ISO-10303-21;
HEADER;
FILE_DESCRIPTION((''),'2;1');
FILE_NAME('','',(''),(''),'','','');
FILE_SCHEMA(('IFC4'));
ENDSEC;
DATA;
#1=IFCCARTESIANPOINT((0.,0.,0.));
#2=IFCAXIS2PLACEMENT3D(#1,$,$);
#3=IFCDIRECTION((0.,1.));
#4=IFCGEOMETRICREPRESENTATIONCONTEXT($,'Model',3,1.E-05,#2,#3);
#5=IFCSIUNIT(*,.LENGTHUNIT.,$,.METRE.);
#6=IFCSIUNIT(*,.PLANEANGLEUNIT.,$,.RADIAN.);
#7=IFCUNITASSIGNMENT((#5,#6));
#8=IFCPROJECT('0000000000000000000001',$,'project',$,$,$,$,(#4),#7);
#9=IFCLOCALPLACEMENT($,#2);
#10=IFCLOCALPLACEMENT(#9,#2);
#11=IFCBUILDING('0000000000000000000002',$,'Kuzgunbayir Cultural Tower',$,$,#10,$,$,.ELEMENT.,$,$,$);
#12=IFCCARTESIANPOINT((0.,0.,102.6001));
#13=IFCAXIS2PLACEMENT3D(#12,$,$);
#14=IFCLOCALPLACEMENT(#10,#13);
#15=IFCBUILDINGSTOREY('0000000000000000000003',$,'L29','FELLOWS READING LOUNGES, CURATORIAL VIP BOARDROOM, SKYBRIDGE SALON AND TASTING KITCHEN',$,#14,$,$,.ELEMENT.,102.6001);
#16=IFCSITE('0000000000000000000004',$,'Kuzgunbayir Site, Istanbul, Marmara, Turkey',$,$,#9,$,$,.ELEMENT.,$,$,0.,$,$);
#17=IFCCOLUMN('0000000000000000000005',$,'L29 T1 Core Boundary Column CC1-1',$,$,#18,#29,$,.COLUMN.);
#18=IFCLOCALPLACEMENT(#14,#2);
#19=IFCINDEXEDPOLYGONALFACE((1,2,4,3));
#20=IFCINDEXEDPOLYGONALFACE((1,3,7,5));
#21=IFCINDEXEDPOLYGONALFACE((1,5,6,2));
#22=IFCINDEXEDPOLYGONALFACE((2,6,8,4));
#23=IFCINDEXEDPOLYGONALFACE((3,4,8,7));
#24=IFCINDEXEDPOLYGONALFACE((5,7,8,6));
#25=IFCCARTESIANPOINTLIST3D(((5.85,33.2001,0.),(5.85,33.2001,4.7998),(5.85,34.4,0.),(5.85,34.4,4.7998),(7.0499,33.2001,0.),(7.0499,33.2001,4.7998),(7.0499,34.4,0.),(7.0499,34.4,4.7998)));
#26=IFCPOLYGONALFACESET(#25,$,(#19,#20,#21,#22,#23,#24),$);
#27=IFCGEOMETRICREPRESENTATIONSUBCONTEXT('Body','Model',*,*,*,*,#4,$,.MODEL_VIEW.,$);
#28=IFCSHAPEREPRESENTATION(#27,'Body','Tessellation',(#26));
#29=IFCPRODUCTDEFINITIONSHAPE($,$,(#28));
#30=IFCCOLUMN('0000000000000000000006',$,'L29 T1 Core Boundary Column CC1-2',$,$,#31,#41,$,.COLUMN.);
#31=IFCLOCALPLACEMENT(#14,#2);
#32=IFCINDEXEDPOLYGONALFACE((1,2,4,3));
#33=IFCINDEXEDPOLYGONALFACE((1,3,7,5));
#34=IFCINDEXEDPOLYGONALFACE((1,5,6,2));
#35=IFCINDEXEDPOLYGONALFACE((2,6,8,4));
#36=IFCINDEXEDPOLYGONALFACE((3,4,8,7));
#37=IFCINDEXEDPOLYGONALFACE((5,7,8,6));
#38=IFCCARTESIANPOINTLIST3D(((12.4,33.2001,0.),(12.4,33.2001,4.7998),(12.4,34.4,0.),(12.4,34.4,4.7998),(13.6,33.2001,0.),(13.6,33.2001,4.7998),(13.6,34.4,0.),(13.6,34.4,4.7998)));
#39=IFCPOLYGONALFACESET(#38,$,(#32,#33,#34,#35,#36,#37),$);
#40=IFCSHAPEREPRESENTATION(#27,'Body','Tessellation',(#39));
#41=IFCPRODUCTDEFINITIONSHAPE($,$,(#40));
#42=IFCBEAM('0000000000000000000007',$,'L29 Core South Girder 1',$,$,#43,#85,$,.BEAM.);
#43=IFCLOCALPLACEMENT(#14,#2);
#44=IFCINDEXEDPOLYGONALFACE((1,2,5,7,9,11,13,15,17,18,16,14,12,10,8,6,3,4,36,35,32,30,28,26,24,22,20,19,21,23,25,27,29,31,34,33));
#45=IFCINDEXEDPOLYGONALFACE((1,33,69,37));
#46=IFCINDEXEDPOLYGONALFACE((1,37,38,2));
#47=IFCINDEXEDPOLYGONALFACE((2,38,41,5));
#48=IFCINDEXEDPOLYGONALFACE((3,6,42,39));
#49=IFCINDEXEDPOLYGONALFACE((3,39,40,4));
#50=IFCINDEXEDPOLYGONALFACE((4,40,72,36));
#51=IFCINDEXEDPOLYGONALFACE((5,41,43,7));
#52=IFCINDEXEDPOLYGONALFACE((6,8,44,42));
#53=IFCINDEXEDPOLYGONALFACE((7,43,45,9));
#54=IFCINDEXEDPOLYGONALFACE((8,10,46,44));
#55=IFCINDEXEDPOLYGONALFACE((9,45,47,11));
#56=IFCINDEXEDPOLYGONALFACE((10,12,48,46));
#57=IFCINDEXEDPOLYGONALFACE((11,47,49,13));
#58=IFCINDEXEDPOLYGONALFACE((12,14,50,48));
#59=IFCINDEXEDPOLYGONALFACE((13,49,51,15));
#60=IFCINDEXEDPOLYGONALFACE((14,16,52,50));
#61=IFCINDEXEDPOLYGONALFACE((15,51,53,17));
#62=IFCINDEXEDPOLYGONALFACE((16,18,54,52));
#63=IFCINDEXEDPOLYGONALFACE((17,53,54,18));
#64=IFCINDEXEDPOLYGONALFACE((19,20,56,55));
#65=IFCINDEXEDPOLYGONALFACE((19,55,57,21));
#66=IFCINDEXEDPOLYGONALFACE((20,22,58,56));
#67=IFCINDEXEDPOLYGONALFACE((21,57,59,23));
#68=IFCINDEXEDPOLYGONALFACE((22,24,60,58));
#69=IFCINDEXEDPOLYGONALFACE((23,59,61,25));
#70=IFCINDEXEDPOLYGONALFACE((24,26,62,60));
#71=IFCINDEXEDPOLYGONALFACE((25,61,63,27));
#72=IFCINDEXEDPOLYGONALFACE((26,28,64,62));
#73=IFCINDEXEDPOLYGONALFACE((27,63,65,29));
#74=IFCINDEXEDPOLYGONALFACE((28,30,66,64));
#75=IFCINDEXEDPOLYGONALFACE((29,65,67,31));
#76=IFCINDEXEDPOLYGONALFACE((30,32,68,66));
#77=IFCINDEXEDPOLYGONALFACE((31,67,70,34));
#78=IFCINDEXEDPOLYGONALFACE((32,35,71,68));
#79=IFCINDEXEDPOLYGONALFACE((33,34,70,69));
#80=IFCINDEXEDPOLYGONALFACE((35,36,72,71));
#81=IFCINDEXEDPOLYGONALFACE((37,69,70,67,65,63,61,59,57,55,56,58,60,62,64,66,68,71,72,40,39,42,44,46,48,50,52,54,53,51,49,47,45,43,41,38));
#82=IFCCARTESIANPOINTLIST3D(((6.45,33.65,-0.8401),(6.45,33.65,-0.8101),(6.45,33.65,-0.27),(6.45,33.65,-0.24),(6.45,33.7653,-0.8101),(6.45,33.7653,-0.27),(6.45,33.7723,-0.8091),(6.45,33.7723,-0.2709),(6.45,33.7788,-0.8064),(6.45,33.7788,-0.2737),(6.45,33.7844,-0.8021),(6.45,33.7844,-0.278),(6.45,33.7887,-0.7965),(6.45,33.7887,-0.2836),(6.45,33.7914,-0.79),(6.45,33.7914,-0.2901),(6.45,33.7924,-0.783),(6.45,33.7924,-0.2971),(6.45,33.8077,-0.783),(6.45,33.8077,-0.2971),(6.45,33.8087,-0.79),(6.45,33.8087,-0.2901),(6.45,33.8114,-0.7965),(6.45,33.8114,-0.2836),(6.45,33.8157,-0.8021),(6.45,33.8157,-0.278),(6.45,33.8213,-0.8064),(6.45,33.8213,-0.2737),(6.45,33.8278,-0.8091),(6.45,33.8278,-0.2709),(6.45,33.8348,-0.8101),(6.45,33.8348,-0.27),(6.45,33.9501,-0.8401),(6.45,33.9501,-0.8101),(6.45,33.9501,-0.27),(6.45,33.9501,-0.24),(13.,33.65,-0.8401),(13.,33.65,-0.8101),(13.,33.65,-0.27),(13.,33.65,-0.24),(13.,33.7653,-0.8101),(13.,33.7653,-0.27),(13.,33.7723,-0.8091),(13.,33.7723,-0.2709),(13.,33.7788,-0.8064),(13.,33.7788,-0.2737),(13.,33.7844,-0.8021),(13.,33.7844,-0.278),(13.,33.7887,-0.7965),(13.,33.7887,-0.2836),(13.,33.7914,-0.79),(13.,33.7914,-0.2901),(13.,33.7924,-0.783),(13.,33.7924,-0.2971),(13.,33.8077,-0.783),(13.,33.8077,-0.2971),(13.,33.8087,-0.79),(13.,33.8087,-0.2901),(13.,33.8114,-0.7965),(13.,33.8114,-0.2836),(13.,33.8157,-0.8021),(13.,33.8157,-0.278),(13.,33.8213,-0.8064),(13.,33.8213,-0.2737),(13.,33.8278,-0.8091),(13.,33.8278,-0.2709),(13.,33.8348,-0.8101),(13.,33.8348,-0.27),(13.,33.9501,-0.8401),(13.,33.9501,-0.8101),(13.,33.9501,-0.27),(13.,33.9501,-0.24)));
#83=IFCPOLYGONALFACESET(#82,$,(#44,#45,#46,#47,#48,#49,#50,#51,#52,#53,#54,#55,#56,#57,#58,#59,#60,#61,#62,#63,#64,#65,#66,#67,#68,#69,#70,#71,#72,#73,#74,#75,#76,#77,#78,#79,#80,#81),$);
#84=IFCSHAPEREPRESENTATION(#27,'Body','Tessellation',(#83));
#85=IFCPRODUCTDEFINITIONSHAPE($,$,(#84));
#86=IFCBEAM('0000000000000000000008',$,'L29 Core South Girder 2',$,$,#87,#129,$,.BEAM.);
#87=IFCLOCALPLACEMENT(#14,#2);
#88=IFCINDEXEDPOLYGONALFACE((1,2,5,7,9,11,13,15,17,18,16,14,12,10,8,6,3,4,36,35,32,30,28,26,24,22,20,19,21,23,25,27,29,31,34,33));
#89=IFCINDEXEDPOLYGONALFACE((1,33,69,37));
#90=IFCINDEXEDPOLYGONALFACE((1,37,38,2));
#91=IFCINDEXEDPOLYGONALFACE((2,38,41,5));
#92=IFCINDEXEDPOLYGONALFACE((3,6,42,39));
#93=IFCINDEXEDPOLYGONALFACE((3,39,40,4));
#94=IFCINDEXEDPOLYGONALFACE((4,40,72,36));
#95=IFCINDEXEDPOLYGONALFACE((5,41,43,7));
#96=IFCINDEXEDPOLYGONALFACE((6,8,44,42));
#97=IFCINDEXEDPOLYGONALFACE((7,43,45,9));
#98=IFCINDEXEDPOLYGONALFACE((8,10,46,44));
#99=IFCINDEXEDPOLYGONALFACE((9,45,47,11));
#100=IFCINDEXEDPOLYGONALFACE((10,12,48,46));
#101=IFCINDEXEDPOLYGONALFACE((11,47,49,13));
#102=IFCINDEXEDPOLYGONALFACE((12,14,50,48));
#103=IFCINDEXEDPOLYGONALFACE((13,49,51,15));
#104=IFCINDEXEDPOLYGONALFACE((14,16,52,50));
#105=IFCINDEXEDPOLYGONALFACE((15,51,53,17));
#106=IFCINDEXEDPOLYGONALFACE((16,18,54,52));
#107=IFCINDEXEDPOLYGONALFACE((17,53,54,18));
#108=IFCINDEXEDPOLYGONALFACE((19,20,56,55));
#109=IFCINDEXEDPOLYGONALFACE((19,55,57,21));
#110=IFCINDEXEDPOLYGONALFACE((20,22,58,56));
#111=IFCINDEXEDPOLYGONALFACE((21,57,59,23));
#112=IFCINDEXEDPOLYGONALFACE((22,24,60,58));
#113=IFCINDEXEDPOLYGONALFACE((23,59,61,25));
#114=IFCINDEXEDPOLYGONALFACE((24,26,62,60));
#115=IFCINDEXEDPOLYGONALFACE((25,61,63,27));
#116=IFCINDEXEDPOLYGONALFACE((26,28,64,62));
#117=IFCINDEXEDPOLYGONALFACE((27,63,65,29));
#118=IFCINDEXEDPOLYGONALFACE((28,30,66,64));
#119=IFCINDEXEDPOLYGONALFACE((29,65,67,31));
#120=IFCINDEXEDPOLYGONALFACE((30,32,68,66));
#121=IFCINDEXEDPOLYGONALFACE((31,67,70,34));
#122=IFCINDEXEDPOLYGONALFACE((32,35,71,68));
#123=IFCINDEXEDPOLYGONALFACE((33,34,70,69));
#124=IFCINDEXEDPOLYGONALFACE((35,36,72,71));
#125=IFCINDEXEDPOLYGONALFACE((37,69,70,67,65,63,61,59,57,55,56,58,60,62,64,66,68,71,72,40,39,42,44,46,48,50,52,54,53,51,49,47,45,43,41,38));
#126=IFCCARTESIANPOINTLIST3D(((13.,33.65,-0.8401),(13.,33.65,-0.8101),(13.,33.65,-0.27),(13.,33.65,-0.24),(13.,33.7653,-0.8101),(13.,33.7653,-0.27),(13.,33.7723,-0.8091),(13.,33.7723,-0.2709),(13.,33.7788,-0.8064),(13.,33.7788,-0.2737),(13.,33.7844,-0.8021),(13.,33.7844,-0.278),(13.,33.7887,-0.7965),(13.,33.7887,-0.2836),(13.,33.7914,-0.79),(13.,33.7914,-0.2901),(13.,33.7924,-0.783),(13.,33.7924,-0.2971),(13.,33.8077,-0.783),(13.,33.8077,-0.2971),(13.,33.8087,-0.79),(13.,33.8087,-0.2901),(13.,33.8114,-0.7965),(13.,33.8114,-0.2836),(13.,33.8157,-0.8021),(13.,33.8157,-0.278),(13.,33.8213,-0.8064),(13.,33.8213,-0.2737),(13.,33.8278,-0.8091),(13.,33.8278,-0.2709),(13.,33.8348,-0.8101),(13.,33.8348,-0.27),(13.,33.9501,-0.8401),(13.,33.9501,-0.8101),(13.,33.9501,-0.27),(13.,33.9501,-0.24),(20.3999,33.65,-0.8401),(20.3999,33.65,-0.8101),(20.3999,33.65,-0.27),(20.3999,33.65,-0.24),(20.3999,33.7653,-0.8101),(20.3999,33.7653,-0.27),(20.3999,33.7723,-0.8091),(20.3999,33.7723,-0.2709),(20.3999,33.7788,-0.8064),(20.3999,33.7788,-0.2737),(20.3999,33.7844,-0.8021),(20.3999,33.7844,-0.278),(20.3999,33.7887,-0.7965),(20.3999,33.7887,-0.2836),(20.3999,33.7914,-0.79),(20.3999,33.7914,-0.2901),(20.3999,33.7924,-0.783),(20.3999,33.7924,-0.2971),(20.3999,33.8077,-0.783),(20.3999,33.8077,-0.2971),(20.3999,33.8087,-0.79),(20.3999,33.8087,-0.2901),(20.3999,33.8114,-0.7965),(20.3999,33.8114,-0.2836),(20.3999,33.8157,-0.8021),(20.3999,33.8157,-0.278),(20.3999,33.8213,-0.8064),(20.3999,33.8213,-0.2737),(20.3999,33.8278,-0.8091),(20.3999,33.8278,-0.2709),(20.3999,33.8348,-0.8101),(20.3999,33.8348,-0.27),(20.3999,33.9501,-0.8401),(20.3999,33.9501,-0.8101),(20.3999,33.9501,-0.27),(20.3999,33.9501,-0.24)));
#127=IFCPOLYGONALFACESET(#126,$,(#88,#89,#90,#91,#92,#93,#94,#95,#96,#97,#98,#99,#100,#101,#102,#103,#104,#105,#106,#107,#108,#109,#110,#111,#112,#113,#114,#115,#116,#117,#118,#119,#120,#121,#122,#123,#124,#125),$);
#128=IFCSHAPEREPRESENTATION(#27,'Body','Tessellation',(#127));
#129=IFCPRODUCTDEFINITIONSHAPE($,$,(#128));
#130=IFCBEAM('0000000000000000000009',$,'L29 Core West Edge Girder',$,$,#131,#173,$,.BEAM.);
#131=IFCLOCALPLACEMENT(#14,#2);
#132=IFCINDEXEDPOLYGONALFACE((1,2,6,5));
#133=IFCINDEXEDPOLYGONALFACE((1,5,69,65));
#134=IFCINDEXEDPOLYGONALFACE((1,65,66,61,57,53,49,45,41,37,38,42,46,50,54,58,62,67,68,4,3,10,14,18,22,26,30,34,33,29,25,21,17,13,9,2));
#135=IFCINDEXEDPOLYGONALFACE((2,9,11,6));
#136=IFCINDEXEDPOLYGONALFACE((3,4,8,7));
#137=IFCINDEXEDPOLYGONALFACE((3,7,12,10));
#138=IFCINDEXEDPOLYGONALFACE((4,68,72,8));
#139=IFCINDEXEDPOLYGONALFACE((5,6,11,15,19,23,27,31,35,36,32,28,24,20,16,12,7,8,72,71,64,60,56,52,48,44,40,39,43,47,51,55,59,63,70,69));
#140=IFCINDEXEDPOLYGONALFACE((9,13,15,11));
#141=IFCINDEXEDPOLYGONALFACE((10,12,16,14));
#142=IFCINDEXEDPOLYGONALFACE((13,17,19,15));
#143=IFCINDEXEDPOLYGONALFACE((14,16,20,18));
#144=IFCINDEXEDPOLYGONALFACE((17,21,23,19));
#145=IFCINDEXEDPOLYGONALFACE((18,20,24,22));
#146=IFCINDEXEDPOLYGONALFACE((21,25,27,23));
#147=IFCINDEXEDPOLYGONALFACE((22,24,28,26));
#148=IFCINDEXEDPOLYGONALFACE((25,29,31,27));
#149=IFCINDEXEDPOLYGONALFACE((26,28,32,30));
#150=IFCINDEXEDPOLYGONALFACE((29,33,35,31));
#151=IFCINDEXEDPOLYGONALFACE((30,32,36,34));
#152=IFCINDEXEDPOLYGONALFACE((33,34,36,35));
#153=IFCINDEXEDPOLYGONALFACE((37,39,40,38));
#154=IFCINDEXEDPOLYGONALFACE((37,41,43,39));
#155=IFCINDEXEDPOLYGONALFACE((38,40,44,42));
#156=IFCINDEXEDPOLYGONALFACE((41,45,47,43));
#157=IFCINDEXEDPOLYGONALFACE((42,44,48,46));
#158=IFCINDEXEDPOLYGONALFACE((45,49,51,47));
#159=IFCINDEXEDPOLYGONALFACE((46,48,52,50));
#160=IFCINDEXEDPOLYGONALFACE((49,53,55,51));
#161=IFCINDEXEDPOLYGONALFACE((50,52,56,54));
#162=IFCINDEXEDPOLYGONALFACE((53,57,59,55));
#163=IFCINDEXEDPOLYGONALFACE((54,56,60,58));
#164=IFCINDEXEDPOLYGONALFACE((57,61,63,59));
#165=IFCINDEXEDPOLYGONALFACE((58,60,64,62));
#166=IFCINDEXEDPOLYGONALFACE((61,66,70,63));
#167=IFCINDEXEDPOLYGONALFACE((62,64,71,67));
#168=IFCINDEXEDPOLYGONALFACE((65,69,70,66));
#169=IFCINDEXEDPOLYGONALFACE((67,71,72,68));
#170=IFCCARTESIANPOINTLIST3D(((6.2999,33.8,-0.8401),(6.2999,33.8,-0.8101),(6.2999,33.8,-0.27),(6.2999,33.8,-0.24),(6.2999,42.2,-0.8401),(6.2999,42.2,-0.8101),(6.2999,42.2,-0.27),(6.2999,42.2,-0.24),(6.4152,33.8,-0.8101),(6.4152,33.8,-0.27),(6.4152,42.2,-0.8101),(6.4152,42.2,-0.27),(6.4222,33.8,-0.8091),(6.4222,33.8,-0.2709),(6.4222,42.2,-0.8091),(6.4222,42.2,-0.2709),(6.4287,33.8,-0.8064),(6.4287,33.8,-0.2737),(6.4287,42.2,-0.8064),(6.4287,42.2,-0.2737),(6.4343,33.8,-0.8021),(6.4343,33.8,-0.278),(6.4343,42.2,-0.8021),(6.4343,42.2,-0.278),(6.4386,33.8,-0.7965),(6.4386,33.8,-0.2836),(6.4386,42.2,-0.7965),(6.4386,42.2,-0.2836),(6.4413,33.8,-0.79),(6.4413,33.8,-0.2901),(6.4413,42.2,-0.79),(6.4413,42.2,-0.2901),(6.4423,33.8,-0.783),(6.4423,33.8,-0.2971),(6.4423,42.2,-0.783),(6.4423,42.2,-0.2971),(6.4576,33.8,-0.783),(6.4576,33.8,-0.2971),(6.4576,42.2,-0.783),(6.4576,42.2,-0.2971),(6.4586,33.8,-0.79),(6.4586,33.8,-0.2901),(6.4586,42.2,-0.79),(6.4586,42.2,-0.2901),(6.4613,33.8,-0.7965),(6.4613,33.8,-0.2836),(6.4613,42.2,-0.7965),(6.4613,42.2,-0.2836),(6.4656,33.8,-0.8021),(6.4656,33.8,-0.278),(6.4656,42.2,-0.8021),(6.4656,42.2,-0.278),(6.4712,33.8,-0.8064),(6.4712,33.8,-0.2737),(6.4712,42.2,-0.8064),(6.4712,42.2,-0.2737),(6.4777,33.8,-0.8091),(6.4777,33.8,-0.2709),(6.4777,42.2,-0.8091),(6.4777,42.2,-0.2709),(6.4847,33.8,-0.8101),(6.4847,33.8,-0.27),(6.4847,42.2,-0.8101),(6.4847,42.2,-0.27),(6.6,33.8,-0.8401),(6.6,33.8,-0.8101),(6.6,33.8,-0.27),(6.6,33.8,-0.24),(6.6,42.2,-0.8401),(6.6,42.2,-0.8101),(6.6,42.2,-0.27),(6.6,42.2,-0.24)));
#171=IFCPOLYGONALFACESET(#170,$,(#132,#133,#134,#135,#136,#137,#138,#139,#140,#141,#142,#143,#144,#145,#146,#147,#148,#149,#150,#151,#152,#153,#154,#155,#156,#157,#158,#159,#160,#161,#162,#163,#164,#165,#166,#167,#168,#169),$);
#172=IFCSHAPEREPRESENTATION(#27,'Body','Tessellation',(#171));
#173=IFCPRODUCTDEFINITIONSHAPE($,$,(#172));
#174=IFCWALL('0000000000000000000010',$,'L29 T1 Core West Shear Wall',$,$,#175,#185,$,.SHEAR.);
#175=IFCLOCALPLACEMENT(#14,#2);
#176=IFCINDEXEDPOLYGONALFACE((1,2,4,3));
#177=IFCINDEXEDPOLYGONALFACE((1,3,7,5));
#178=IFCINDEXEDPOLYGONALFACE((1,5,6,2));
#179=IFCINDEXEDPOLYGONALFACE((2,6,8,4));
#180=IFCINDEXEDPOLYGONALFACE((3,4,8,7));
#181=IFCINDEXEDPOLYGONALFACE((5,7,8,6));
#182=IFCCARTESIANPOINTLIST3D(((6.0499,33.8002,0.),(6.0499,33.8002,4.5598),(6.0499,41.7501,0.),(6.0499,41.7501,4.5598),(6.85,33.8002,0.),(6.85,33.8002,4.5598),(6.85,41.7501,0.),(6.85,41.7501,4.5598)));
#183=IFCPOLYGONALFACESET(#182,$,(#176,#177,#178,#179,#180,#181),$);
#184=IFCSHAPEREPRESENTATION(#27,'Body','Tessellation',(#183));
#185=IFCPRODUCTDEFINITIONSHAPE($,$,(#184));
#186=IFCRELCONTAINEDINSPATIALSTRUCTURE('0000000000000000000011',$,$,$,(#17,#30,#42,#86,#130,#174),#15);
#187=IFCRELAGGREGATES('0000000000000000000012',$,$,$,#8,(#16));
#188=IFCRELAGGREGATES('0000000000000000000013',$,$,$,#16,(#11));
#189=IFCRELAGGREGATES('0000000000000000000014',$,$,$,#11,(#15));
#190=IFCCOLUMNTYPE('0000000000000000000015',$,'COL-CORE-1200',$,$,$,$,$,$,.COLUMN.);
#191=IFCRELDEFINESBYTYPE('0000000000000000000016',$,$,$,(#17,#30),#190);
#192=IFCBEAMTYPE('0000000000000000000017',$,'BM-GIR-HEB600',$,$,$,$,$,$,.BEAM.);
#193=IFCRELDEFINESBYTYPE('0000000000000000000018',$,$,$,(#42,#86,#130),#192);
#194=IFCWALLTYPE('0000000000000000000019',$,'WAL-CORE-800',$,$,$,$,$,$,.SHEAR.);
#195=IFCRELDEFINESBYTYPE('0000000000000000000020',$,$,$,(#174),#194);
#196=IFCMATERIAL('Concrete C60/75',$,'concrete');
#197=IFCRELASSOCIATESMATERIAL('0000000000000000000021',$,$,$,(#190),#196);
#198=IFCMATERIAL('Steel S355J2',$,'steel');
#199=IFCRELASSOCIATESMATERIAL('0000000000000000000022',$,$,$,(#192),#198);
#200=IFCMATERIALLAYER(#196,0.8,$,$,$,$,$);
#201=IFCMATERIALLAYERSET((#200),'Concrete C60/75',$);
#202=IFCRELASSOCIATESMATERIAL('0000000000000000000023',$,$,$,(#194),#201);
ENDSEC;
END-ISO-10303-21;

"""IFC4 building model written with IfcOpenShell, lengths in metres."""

from ifc_helpers import new_model, si_unit, direction, frame, frame_2d, origin, origin_2d, place, context, subcontext, project, spatial, rectangle, i_section, extrude, material, layer, layer_set, material_profile, profile_set, type_object, element, save


model = new_model("IFC4")

# Units and contexts
model_context = context("Model", 3, precision=1e-05, world=origin(), true_north=direction((0.0, 1.0)))
body_context = subcontext(model_context, "Body", "Model", "MODEL_VIEW")
ifc_project = project(units=[si_unit("LENGTHUNIT", "METRE"), si_unit("PLANEANGLEUNIT", "RADIAN")], contexts=[model_context])

# Site, building, storey
site_placement = place(None, origin())
site = spatial("IfcSite", under=ifc_project, at=site_placement, Name="Kuzgunbayir Site, Istanbul, Marmara, Turkey", CompositionType="ELEMENT", RefElevation=0.0)
building_placement = place(site_placement, origin())
building = spatial("IfcBuilding", under=site, at=building_placement, Name="Kuzgunbayir Cultural Tower", CompositionType="ELEMENT")
storey_placement = place(building_placement, frame((0.0, 0.0, 102.6001)))
storey = spatial("IfcBuildingStorey", under=building, at=storey_placement, Name="L29", Description="FELLOWS READING LOUNGES, CURATORIAL VIP BOARDROOM, SKYBRIDGE SALON AND TASTING KITCHEN", CompositionType="ELEMENT", Elevation=102.6001)

# Columns
ifc_material_1 = material(Name="Concrete C60/75", Category="concrete")
ifc_material_profile_1 = material_profile(ifc_material_1, rectangle(XDim=1.2, YDim=1.2, at=origin_2d()), Name="RC 1200x1200")
ifc_profile_set_1 = profile_set([ifc_material_profile_1], Name="Concrete C60/75")
column_type = type_object("IfcColumnType", Name="COL-CORE-1200", PredefinedType="COLUMN", material=ifc_profile_set_1)
for number, where, z_axis, x_axis, name in (
    (1, (6.45, 33.8, 0.0), (0.0, 0.0, 1.0), (1.0, 0.0, 0.0), "L29 T1 Core Boundary Column CC1-1"),
    (2, (13.0, 33.8, 0.0), (0.0, 0.0, 1.0), (1.0, 0.0, 0.0), "L29 T1 Core Boundary Column CC1-2"),
):
    element("IfcColumn", number, at=place(storey_placement, frame(where, z_axis=z_axis, x_axis=x_axis)), inside=storey, type_object=column_type, Name=name, PredefinedType="COLUMN", context=body_context, shape_type="SweptSolid", body=[
        extrude(rectangle(XDim=1.2, YDim=1.2, at=origin_2d()), origin(), (0.0, 0.0, 1.0), 4.7998),
    ])

# Beams
ifc_material_2 = material(Name="Steel S355J2", Category="steel")
ifc_material_profile_2 = material_profile(ifc_material_2, i_section(OverallWidth=0.3, OverallDepth=0.6001, WebThickness=0.0154, FlangeThickness=0.03, FilletRadius=0.0271, at=origin_2d()), Name="HEB 600")
ifc_profile_set_2 = profile_set([ifc_material_profile_2], Name="Steel S355J2")
beam_type = type_object("IfcBeamType", Name="BM-GIR-HEB600", PredefinedType="BEAM", material=ifc_profile_set_2)
beam_1_placement = place(storey_placement, frame((6.45, 33.8, -0.54), z_axis=(1.0, 0.0, 0.0), x_axis=(0.0, 1.0, 0.0)))
element("IfcBeam", 3, at=beam_1_placement, inside=storey, type_object=beam_type, Name="L29 Core South Girder 1", PredefinedType="BEAM", context=body_context, shape_type="SweptSolid", body=[
    extrude(i_section(OverallWidth=0.3, OverallDepth=0.6001, WebThickness=0.0154, FlangeThickness=0.03, FilletRadius=0.0271, at=origin_2d()), origin(), (0.0, 0.0, 1.0), 6.55),
])
beam_2_placement = place(storey_placement, frame((13.0, 33.8, -0.54), z_axis=(1.0, 0.0, 0.0), x_axis=(0.0, 1.0, 0.0)))
element("IfcBeam", 4, at=beam_2_placement, inside=storey, type_object=beam_type, Name="L29 Core South Girder 2", PredefinedType="BEAM", context=body_context, shape_type="SweptSolid", body=[
    extrude(i_section(OverallWidth=0.3, OverallDepth=0.6001, WebThickness=0.0154, FlangeThickness=0.03, FilletRadius=0.0271, at=origin_2d()), origin(), (0.0, 0.0, 1.0), 7.3999),
])
beam_3_placement = place(storey_placement, frame((6.45, 33.8, -0.54), z_axis=(0.0, 1.0, 0.0), x_axis=(-1.0, 0.0, 0.0)))
element("IfcBeam", 5, at=beam_3_placement, inside=storey, type_object=beam_type, Name="L29 Core West Edge Girder", PredefinedType="BEAM", context=body_context, shape_type="SweptSolid", body=[
    extrude(i_section(OverallWidth=0.3, OverallDepth=0.6001, WebThickness=0.0154, FlangeThickness=0.03, FilletRadius=0.0271, at=origin_2d()), origin(), (0.0, 0.0, 1.0), 8.3999),
])

# Wall
ifc_layer_1 = layer(ifc_material_1, 0.8)
ifc_layer_set_1 = layer_set([ifc_layer_1], Name="Concrete C60/75")
wall_type_1 = type_object("IfcWallType", Name="WAL-CORE-800", PredefinedType="SHEAR", material=ifc_layer_set_1)
wall_1_placement = place(storey_placement, frame((6.45, 33.8, 0.0), z_axis=(0.0, 0.0, 1.0), x_axis=(0.0, 1.0, 0.0)))
element("IfcWall", 6, at=wall_1_placement, inside=storey, type_object=wall_type_1, Name="L29 T1 Core West Shear Wall", PredefinedType="SHEAR", context=body_context, shape_type="SweptSolid", body=[
    extrude(rectangle(XDim=7.95, YDim=0.8, at=frame_2d((3.9751, 0.0))), origin(), (0.0, 0.0, 1.0), 4.5598),
])

save(model, "model.ifc")
